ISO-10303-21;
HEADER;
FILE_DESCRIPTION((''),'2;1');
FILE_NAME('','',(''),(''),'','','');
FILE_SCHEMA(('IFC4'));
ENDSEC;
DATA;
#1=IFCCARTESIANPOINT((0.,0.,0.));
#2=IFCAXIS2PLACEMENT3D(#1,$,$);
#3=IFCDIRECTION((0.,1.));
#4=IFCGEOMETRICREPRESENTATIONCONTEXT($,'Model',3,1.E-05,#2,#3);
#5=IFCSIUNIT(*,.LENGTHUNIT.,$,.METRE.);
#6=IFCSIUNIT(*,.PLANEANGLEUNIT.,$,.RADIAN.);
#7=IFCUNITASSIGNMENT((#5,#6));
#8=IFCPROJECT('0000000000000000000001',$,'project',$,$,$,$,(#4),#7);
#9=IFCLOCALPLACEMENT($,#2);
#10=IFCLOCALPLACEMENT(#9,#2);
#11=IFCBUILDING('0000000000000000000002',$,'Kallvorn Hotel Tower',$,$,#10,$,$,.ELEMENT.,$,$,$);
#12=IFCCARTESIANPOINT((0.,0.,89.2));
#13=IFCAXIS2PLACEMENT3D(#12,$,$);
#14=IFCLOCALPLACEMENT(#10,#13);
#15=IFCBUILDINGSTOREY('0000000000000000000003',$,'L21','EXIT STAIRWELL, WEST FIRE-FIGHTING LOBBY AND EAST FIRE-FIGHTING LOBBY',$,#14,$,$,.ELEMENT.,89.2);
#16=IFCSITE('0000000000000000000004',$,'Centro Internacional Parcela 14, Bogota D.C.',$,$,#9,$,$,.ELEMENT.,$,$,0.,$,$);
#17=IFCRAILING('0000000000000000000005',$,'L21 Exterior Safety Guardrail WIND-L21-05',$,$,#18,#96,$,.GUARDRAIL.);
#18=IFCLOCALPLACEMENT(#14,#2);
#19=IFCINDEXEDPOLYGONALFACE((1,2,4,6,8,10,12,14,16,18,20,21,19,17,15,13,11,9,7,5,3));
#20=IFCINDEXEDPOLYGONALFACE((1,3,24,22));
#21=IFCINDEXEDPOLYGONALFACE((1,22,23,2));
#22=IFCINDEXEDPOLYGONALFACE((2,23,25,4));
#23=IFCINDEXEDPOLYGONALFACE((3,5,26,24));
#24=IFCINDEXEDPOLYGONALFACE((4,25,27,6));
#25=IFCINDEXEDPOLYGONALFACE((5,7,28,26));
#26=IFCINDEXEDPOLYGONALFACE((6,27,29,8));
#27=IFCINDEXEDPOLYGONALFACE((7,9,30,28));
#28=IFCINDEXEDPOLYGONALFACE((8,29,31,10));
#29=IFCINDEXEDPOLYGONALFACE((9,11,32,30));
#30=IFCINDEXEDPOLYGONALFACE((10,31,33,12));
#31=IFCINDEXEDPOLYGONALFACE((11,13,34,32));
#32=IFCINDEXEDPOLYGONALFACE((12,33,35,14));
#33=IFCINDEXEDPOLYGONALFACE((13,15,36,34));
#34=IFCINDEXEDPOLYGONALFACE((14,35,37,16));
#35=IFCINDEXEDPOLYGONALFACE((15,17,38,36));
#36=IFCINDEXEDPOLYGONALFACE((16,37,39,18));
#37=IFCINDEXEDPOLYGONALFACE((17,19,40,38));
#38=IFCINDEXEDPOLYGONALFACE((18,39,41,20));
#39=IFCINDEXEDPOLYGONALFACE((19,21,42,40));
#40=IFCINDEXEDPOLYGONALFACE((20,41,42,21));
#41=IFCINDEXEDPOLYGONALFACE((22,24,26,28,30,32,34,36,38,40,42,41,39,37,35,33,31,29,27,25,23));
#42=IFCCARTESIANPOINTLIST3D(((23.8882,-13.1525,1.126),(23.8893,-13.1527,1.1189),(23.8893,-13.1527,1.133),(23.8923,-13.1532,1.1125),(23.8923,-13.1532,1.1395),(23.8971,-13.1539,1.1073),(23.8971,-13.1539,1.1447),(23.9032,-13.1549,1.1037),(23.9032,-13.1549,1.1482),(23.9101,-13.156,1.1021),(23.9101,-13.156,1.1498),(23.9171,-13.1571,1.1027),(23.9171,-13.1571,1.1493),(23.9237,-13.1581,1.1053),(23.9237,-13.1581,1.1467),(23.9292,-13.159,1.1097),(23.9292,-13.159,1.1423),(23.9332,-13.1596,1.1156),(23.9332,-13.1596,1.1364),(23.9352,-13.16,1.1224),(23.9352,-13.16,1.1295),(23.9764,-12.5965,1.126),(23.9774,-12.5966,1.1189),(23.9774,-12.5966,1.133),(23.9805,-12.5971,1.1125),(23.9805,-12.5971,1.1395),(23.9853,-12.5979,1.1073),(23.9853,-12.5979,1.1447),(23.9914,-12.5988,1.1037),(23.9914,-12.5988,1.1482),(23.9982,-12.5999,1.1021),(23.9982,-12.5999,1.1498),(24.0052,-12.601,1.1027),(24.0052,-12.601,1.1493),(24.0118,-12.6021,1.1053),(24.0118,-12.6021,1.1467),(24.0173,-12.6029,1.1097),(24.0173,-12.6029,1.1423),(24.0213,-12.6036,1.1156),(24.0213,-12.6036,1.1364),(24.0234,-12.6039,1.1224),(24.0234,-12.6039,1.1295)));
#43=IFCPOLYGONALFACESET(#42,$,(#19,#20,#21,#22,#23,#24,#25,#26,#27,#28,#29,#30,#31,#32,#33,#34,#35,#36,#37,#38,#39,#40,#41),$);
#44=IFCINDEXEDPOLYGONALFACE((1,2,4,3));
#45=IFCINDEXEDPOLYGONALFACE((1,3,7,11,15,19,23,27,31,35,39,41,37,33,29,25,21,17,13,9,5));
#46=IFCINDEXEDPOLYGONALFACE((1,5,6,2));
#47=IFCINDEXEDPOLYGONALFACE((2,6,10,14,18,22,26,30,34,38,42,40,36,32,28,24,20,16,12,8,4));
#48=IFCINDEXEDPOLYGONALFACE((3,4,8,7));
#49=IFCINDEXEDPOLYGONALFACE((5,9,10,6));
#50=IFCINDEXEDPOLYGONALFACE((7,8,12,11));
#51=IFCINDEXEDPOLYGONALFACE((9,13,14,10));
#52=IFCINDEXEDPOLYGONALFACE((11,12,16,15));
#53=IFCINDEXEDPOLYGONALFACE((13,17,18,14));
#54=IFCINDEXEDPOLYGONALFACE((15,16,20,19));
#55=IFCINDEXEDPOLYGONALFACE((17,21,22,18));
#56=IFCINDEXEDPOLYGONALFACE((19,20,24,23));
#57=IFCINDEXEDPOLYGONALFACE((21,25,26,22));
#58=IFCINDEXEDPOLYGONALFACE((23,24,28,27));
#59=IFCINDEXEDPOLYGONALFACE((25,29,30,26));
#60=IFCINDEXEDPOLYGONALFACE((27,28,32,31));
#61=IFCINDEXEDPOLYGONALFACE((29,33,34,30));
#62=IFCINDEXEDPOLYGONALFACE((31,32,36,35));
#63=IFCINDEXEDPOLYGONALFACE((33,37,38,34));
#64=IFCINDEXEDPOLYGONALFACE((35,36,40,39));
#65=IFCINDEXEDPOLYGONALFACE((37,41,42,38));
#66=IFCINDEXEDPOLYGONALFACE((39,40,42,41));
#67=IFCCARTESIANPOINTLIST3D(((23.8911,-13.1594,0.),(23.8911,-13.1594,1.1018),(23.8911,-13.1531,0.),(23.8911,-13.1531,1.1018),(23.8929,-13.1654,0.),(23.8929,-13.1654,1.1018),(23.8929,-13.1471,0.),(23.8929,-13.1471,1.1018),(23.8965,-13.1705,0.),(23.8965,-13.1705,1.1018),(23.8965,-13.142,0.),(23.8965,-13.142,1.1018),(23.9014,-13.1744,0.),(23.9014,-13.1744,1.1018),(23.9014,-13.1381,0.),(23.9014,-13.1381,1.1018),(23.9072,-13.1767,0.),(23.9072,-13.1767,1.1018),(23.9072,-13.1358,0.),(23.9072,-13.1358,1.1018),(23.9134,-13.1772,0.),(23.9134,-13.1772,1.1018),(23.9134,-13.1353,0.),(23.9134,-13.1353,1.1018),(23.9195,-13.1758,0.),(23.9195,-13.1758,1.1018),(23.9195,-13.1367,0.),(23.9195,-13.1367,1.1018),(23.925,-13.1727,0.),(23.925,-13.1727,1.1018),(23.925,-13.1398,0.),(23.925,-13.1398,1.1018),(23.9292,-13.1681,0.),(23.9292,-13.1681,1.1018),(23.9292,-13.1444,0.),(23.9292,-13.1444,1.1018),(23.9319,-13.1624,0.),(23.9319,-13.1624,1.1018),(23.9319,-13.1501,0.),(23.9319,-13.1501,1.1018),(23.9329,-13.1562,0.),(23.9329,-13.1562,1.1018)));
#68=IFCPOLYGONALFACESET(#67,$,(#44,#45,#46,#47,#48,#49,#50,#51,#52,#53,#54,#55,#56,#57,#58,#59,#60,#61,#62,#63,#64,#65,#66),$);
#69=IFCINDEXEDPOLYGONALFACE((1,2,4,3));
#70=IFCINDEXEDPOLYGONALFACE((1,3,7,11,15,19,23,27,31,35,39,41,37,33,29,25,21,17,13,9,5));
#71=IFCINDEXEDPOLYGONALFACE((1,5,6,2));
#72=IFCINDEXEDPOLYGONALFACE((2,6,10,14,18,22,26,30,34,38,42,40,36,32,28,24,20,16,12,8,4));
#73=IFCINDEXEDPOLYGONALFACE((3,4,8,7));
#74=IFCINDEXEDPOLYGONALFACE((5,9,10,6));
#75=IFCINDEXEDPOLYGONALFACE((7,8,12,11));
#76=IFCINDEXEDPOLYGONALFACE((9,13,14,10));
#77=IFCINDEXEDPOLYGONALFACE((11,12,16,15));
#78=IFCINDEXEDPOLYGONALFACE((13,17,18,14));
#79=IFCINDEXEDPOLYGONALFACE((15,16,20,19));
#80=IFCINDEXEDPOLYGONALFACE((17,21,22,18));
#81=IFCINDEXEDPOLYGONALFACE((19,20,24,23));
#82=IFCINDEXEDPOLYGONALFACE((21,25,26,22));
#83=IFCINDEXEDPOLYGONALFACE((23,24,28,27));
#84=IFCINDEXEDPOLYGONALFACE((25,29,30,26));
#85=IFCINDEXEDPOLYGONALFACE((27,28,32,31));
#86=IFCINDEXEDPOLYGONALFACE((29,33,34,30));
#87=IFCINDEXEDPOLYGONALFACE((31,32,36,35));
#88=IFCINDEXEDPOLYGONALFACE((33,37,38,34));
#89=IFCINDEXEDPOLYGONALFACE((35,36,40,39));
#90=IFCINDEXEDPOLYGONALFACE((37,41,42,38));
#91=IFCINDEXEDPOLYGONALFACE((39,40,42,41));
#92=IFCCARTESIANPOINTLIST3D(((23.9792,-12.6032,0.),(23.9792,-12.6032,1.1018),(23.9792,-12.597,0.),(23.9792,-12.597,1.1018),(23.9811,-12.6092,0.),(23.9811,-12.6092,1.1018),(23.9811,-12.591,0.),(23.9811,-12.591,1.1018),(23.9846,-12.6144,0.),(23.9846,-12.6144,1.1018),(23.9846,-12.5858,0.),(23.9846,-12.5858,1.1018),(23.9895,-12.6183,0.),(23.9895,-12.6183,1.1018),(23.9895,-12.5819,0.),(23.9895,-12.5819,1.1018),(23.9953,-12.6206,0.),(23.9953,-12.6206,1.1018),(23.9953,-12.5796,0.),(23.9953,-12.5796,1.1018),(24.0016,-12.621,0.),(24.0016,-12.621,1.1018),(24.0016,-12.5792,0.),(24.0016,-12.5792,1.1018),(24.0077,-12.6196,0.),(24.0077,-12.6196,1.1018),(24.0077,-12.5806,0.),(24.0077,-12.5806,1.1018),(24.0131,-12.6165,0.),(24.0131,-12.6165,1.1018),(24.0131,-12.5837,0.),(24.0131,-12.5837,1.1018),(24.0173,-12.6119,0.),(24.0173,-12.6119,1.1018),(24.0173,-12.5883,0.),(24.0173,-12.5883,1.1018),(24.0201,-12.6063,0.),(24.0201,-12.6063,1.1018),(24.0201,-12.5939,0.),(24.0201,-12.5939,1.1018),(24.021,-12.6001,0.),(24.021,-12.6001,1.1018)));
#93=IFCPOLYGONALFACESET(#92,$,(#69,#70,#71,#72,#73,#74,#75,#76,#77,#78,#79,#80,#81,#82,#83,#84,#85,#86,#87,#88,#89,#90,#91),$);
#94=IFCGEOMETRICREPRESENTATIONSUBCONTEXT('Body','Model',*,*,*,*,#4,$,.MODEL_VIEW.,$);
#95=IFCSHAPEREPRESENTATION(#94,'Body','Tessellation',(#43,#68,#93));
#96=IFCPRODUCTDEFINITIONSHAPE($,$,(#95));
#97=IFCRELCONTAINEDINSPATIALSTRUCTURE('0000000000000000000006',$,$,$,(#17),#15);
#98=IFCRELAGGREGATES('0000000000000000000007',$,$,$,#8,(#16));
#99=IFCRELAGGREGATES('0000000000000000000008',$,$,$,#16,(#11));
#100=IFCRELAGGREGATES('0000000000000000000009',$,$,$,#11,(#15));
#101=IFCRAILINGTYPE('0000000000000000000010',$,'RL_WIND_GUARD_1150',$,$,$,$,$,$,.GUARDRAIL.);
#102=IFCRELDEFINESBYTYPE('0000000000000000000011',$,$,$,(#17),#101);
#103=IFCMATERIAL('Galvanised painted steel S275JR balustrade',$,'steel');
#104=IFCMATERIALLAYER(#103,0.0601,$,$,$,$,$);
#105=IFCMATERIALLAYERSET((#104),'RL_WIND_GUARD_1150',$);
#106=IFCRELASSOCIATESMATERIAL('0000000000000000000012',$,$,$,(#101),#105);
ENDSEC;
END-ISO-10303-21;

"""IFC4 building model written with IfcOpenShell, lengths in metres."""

from ifc_helpers import new_model, si_unit, direction, frame, origin, origin_2d, place, context, subcontext, project, spatial, circle, extrude, material, layer, layer_set, type_object, element, save


model = new_model("IFC4")

# Units and contexts
model_context = context("Model", 3, precision=1e-05, world=origin(), true_north=direction((0.0, 1.0)))
body_context = subcontext(model_context, "Body", "Model", "MODEL_VIEW")
ifc_project = project(units=[si_unit("LENGTHUNIT", "METRE"), si_unit("PLANEANGLEUNIT", "RADIAN")], contexts=[model_context])

# Site, building, storey
site_placement = place(None, origin())
site = spatial("IfcSite", under=ifc_project, at=site_placement, Name="Centro Internacional Parcela 14, Bogota D.C.", CompositionType="ELEMENT", RefElevation=0.0)
building_placement = place(site_placement, origin())
building = spatial("IfcBuilding", under=site, at=building_placement, Name="Kallvorn Hotel Tower", CompositionType="ELEMENT")
storey_placement = place(building_placement, frame((0.0, 0.0, 89.2)))
storey = spatial("IfcBuildingStorey", under=building, at=storey_placement, Name="L21", Description="EXIT STAIRWELL, WEST FIRE-FIGHTING LOBBY AND EAST FIRE-FIGHTING LOBBY", CompositionType="ELEMENT", Elevation=89.2)

# Railing
ifc_material_1 = material(Name="Galvanised painted steel S275JR balustrade", Category="steel")
ifc_layer_1 = layer(ifc_material_1, 0.0601)
ifc_layer_set_1 = layer_set([ifc_layer_1], Name="RL_WIND_GUARD_1150")
railing_type = type_object("IfcRailingType", Name="RL_WIND_GUARD_1150", PredefinedType="GUARDRAIL", material=ifc_layer_set_1)
railing_1_placement = place(storey_placement, frame((23.9119, -13.1562, 0.0)))
element("IfcRailing", 1, at=railing_1_placement, inside=storey, type_object=railing_type, Name="L21 Exterior Safety Guardrail WIND-L21-05", PredefinedType="GUARDRAIL", context=body_context, shape_type="SweptSolid", body=[
    extrude(circle(Radius=0.0239, at=origin_2d()), frame((0.0, 0.0, 1.126), z_axis=(0.156519, 0.987675, 0.0), x_axis=(-0.987675, 0.156519, 0.0)), (0.0, 0.0, 1.0), 0.563),
    extrude(circle(Radius=0.021, at=origin_2d()), origin(), (0.0, 0.0, 1.0), 1.1018),
    extrude(circle(Radius=0.021, at=origin_2d()), frame((0.0881, 0.5562, 0.0)), (0.0, 0.0, 1.0), 1.1018),
])

save(model, "model.ifc")
